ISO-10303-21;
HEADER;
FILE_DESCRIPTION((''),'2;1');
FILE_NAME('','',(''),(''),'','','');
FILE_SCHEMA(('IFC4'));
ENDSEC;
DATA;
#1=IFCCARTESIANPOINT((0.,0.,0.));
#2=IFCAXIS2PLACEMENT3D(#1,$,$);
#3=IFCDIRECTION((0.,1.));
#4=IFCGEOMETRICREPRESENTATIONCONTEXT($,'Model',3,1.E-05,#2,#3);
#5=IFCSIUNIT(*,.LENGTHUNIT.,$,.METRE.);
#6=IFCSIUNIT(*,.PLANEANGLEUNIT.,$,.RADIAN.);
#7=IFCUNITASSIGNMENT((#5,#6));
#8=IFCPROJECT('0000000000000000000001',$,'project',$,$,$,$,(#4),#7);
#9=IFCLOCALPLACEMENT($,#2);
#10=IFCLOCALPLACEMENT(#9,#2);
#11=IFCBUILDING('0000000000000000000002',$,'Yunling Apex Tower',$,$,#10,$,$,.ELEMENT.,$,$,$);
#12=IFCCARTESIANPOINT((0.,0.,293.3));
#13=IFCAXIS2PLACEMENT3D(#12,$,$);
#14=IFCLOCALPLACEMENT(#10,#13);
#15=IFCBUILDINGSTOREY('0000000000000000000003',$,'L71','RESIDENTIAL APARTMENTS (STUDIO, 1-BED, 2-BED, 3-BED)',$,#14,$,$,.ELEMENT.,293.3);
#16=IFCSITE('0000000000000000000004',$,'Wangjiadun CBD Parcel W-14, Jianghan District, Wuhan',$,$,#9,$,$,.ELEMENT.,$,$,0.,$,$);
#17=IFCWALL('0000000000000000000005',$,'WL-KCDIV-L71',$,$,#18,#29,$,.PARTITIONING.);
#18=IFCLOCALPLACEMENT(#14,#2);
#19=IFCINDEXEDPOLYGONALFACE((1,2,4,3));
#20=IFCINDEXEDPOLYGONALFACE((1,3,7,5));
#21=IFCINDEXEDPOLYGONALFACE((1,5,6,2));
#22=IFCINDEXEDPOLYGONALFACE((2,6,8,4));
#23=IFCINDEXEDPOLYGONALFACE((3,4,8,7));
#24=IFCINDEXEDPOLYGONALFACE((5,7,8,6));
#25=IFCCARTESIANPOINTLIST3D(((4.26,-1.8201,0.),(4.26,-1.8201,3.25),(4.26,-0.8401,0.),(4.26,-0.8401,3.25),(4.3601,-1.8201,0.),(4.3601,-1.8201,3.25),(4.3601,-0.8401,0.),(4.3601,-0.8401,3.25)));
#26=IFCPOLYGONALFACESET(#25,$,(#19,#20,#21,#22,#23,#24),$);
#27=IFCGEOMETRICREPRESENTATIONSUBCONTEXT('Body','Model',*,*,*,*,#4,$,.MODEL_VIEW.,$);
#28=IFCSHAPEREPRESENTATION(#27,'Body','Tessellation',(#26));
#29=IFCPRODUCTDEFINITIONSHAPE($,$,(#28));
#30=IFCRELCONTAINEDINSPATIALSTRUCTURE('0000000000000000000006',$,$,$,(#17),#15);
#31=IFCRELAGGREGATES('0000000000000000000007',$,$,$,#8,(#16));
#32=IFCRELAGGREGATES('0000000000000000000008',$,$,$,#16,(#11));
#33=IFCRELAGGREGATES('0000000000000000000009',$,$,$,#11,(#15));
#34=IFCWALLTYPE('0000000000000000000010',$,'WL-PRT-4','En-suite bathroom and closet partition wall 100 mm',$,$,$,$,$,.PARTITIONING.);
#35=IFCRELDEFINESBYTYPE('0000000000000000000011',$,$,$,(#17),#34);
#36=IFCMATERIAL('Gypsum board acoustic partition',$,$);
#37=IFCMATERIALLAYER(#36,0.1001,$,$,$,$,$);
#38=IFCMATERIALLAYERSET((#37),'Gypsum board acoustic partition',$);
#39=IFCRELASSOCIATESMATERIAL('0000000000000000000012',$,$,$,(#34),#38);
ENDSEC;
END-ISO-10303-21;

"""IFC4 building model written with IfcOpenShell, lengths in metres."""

from ifc_helpers import new_model, si_unit, direction, frame, frame_2d, origin, place, context, subcontext, project, spatial, rectangle, extrude, material, layer, layer_set, type_object, element, save


model = new_model("IFC4")

# Units and contexts
model_context = context("Model", 3, precision=1e-05, world=origin(), true_north=direction((0.0, 1.0)))
body_context = subcontext(model_context, "Body", "Model", "MODEL_VIEW")
ifc_project = project(units=[si_unit("LENGTHUNIT", "METRE"), si_unit("PLANEANGLEUNIT", "RADIAN")], contexts=[model_context])

# Site, building, storey
site_placement = place(None, origin())
site = spatial("IfcSite", under=ifc_project, at=site_placement, Name="Wangjiadun CBD Parcel W-14, Jianghan District, Wuhan", CompositionType="ELEMENT", RefElevation=0.0)
building_placement = place(site_placement, origin())
building = spatial("IfcBuilding", under=site, at=building_placement, Name="Yunling Apex Tower", CompositionType="ELEMENT")
storey_placement = place(building_placement, frame((0.0, 0.0, 293.3)))
storey = spatial("IfcBuildingStorey", under=building, at=storey_placement, Name="L71", Description="RESIDENTIAL APARTMENTS (STUDIO, 1-BED, 2-BED, 3-BED)", CompositionType="ELEMENT", Elevation=293.3)

# Wall
ifc_material_1 = material(Name="Gypsum board acoustic partition")
ifc_layer_1 = layer(ifc_material_1, 0.1001)
ifc_layer_set_1 = layer_set([ifc_layer_1], Name="Gypsum board acoustic partition")
wall_type_1 = type_object("IfcWallType", Name="WL-PRT-4", Description="En-suite bathroom and closet partition wall 100 mm", PredefinedType="PARTITIONING", material=ifc_layer_set_1)
wall_1_placement = place(storey_placement, frame((4.3101, -1.8201, 0.0), z_axis=(0.0, 0.0, 1.0), x_axis=(0.0, 1.0, 0.0)))
element("IfcWall", 1, at=wall_1_placement, inside=storey, type_object=wall_type_1, Name="WL-KCDIV-L71", PredefinedType="PARTITIONING", context=body_context, shape_type="SweptSolid", body=[
    extrude(rectangle(XDim=0.98, YDim=0.1001, at=frame_2d((0.49, 0.0))), origin(), (0.0, 0.0, 1.0), 3.25),
])

save(model, "model.ifc")
